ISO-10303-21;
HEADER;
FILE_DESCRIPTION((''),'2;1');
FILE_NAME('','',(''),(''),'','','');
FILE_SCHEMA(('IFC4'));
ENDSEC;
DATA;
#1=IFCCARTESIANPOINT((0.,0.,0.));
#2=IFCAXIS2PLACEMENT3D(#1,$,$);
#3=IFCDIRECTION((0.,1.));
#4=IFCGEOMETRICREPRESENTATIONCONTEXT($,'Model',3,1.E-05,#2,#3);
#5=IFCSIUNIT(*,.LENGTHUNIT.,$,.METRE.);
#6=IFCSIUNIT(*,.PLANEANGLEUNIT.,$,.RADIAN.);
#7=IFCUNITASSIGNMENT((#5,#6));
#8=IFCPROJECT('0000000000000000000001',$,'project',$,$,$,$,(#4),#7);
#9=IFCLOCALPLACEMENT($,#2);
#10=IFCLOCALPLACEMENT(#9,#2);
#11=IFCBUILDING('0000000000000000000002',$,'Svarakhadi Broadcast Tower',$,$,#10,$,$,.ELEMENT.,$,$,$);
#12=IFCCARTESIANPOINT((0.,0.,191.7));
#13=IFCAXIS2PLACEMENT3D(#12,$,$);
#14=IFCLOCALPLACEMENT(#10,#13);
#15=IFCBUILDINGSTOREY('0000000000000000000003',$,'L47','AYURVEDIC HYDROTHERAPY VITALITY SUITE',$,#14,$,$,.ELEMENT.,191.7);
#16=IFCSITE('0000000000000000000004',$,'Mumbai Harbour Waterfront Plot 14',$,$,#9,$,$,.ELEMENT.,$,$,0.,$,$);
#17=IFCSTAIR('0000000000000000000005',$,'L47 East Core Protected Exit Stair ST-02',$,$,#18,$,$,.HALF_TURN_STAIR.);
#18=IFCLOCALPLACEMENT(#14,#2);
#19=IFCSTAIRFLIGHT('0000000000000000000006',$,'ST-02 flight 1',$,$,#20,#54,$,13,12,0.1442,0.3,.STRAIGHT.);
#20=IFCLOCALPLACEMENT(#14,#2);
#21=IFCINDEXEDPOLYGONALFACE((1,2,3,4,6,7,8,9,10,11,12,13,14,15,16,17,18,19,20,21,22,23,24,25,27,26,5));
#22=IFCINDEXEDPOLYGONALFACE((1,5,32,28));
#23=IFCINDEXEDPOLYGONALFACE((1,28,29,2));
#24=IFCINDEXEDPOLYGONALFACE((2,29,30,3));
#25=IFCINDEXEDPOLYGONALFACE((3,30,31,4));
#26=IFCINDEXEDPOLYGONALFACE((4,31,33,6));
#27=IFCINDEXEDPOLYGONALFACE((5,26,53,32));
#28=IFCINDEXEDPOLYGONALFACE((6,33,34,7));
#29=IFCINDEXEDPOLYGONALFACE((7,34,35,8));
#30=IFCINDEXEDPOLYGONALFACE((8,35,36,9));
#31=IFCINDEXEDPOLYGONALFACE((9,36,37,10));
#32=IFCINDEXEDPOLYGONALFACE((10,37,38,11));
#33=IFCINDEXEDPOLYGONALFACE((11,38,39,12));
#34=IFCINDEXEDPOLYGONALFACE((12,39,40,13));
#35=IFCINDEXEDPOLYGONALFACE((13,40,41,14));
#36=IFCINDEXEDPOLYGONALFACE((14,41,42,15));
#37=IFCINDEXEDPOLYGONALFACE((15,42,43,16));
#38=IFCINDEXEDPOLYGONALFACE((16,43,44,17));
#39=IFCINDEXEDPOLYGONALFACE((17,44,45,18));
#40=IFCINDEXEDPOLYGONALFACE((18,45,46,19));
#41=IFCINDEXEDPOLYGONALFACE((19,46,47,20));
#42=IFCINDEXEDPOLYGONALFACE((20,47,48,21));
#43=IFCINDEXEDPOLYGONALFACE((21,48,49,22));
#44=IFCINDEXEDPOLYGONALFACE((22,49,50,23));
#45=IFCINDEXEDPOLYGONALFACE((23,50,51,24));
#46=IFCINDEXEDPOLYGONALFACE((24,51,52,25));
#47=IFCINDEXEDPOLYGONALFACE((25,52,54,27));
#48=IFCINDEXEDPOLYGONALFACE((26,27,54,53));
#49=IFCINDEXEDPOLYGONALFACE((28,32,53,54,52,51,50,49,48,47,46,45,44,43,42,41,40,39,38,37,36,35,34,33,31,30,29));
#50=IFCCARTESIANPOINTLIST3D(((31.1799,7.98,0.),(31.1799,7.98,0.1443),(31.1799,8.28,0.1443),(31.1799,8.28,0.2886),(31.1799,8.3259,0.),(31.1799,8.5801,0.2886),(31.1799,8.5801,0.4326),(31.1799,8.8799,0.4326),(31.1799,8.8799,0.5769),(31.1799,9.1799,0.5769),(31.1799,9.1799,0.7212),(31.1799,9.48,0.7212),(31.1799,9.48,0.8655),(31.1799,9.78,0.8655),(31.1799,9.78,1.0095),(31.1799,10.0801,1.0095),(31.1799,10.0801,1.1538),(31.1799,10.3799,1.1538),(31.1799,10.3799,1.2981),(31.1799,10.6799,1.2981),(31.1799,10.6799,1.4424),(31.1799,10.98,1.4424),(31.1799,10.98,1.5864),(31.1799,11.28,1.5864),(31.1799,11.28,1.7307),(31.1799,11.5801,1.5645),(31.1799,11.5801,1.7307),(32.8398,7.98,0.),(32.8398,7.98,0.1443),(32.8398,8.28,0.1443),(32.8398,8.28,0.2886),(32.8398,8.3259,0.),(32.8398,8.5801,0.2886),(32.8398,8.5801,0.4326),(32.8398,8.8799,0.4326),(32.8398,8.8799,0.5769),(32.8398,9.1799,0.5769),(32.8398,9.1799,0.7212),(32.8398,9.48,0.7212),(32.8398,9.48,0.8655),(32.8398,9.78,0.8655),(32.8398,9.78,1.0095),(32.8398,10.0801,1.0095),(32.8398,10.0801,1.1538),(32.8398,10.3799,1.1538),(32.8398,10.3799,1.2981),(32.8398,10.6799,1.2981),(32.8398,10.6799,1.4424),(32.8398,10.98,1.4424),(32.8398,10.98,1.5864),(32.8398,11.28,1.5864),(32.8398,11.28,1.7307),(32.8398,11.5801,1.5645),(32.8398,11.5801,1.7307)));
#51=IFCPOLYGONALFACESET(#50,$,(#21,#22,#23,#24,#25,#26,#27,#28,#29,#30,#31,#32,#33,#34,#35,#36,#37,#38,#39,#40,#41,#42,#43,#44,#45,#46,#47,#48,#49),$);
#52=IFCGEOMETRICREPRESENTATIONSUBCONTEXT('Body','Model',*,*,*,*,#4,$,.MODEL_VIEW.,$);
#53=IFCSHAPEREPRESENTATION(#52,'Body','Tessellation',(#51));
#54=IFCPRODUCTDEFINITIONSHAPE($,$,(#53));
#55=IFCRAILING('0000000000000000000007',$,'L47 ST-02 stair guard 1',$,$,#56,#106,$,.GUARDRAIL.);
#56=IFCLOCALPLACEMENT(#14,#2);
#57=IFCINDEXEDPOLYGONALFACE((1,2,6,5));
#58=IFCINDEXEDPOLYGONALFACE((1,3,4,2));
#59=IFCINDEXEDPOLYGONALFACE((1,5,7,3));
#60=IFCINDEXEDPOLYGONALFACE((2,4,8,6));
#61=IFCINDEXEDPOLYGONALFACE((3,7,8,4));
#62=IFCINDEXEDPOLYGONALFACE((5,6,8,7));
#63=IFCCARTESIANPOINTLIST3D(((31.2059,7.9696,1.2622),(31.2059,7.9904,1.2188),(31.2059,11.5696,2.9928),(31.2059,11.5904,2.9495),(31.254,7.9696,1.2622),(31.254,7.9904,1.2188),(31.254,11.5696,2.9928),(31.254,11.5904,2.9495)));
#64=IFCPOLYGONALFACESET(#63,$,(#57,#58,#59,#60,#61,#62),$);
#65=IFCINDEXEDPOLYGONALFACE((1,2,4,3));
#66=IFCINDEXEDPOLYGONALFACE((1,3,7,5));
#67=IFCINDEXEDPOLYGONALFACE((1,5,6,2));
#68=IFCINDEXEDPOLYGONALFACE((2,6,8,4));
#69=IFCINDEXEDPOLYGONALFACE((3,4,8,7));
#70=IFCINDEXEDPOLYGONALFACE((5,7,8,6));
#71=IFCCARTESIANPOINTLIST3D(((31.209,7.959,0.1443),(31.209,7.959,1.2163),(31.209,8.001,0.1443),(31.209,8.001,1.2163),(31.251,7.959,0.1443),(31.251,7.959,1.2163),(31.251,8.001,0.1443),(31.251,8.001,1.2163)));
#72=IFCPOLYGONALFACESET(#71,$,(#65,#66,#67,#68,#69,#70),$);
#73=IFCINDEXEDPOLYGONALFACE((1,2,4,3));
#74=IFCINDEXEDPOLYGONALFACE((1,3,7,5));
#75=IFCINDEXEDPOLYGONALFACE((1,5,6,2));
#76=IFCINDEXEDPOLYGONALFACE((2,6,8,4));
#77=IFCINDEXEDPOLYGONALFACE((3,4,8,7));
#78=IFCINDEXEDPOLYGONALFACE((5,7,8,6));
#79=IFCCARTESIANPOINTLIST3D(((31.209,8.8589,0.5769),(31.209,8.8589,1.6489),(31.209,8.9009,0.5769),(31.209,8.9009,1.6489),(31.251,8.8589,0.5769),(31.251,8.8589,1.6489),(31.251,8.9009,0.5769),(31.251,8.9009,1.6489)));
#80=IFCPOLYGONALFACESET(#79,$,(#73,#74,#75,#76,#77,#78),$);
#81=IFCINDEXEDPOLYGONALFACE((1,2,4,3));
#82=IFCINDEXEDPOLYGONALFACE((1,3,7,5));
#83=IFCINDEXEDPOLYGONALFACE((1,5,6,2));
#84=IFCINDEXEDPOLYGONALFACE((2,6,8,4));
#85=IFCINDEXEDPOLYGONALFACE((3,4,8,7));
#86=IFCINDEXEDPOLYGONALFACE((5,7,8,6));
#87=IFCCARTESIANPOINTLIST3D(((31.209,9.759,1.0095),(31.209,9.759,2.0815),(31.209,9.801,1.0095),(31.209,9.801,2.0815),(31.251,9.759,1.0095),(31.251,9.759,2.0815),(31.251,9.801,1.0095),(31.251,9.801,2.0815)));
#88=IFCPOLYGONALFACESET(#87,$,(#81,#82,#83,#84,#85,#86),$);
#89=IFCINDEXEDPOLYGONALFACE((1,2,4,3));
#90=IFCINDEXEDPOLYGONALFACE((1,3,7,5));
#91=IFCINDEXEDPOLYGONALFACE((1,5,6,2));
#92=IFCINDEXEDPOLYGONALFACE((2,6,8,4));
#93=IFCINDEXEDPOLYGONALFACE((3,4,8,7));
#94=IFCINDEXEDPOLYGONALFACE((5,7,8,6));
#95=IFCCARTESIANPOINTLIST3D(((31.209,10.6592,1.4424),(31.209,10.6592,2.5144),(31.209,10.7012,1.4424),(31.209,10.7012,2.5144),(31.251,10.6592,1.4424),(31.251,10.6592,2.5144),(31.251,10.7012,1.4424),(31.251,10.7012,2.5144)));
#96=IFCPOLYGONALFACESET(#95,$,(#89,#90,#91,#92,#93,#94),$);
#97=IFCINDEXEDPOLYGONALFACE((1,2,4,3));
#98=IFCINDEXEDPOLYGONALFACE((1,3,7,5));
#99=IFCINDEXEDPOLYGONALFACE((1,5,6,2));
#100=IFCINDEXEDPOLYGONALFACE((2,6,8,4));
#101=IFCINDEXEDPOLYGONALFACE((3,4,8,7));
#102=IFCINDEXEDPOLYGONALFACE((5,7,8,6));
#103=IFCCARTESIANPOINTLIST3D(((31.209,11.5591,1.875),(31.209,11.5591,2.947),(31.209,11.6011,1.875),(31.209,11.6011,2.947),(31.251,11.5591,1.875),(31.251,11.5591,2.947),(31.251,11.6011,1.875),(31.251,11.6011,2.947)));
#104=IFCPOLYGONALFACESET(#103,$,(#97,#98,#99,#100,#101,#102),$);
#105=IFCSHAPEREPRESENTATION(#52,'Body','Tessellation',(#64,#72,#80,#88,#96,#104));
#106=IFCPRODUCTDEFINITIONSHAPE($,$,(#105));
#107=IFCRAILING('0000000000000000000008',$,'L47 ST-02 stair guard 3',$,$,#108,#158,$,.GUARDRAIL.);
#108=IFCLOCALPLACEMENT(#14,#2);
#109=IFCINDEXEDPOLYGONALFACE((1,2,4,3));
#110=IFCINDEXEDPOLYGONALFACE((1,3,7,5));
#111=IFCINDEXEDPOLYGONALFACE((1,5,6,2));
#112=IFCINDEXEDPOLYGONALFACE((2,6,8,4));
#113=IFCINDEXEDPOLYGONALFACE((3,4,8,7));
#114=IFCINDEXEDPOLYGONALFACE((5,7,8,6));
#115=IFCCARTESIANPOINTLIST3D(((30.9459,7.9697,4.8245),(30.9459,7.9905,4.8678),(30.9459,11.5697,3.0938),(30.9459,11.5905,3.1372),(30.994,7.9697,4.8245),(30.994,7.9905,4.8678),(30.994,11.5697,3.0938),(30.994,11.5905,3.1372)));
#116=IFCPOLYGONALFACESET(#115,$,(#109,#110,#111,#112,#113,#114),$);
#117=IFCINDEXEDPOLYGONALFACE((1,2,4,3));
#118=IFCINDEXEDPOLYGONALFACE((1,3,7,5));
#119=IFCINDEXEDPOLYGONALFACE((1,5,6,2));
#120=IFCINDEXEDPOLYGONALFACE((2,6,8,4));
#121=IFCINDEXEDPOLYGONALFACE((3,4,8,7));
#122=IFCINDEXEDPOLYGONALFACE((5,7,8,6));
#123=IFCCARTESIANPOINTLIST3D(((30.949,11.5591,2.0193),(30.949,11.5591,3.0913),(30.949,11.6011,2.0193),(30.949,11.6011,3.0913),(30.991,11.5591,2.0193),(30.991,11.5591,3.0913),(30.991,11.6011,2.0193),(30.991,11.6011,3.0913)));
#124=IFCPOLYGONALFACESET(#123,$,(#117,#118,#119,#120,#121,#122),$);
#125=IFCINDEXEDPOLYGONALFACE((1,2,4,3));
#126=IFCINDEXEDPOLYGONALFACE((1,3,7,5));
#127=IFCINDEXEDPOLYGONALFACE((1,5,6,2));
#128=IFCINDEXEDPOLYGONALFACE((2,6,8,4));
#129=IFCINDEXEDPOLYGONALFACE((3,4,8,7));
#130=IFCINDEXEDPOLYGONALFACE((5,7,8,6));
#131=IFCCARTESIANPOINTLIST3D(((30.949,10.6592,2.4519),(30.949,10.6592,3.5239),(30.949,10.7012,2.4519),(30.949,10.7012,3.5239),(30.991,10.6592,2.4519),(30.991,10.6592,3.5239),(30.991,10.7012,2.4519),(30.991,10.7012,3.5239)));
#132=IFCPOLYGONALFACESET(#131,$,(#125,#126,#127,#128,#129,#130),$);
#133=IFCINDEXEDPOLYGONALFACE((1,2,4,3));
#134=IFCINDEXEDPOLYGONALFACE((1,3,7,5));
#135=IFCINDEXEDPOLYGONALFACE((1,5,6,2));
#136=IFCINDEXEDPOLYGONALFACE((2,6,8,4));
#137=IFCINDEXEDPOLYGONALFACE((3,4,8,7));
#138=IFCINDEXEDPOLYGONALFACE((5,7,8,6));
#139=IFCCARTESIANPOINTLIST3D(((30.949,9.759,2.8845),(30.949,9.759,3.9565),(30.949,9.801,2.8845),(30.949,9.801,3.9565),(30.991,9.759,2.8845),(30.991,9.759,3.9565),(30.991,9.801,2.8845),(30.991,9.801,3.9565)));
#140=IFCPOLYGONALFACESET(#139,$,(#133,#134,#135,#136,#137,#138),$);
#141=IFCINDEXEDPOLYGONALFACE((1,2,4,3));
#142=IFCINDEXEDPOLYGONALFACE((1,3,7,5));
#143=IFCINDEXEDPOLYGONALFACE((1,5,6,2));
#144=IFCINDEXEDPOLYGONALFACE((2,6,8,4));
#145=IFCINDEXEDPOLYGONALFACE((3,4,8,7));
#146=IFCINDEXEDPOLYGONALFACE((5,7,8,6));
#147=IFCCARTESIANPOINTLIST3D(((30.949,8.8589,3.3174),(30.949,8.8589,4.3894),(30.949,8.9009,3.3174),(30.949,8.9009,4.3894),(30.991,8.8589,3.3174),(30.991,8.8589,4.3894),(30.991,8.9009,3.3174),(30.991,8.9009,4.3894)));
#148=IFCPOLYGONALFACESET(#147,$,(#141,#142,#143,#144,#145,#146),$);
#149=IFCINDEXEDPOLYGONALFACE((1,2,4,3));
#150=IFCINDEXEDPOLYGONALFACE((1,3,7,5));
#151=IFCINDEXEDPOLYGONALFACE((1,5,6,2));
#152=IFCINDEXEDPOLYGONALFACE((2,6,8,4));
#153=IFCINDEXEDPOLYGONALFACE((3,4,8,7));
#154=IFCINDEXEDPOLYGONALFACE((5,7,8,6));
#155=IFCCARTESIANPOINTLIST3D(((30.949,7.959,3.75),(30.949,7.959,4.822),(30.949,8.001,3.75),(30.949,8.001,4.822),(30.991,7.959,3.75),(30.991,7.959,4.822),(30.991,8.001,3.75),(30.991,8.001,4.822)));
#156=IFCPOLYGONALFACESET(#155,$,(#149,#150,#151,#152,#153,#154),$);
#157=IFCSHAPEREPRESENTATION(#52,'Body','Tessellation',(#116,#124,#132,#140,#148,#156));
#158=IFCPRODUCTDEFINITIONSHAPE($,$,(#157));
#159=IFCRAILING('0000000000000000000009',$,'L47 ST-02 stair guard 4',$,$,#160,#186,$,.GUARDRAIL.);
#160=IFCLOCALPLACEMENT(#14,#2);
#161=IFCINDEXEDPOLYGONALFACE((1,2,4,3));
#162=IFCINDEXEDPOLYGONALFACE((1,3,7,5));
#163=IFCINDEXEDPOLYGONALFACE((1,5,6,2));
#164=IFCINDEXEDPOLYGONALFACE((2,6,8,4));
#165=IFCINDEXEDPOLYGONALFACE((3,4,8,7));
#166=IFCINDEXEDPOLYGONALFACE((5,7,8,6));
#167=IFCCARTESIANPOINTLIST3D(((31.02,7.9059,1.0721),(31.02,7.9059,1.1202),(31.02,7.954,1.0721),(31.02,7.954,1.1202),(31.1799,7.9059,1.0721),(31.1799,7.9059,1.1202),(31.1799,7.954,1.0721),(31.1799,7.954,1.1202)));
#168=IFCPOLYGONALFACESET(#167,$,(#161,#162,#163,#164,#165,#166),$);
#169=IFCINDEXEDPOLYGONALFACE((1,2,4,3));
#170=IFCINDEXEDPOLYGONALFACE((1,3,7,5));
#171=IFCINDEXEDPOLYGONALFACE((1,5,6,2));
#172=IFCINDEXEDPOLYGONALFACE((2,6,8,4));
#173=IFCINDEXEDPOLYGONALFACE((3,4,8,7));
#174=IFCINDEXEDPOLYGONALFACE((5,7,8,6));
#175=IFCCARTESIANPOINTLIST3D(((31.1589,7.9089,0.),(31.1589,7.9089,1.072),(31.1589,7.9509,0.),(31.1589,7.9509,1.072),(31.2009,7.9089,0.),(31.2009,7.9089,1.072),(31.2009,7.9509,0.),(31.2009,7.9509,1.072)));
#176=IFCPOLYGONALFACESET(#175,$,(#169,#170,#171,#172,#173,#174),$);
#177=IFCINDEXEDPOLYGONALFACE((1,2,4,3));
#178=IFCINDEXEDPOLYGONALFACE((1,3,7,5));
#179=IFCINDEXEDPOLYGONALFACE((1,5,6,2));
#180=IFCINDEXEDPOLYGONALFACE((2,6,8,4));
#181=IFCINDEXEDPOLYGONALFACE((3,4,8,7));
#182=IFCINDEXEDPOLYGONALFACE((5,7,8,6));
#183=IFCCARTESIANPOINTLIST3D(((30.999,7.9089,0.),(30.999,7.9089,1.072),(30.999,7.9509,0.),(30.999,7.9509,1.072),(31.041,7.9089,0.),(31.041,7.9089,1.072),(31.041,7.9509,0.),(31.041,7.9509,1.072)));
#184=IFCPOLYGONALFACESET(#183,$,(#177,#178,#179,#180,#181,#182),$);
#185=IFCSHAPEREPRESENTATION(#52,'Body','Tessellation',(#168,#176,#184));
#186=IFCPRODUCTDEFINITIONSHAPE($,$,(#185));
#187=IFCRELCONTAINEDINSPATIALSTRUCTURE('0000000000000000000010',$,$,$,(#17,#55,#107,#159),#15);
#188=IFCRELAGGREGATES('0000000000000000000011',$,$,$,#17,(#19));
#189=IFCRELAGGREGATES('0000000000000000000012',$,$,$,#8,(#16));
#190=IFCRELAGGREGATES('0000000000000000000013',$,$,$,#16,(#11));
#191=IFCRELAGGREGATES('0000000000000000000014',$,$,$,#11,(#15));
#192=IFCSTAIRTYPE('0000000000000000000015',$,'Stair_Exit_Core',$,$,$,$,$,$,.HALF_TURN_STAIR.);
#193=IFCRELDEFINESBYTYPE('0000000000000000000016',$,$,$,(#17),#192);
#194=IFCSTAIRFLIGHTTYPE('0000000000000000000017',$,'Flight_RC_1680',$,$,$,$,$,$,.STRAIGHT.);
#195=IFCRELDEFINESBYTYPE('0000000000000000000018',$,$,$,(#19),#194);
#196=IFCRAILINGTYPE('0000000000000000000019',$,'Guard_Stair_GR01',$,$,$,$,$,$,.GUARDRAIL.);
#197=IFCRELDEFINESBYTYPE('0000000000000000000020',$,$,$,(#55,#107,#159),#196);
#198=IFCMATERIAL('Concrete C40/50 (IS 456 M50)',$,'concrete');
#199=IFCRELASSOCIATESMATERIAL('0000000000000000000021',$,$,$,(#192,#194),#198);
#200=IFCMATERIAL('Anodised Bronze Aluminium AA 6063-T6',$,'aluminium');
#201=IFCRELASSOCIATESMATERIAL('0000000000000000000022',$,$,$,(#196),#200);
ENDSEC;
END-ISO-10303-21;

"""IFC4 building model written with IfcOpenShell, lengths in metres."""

from ifc_helpers import new_model, si_unit, direction, frame, origin, origin_2d, place, context, subcontext, project, spatial, polyline, rectangle, outline, extrude, material, type_object, element, aggregate, save


model = new_model("IFC4")

# Units and contexts
model_context = context("Model", 3, precision=1e-05, world=origin(), true_north=direction((0.0, 1.0)))
body_context = subcontext(model_context, "Body", "Model", "MODEL_VIEW")
ifc_project = project(units=[si_unit("LENGTHUNIT", "METRE"), si_unit("PLANEANGLEUNIT", "RADIAN")], contexts=[model_context])

# Site, building, storey
site_placement = place(None, origin())
site = spatial("IfcSite", under=ifc_project, at=site_placement, Name="Mumbai Harbour Waterfront Plot 14", CompositionType="ELEMENT", RefElevation=0.0)
building_placement = place(site_placement, origin())
building = spatial("IfcBuilding", under=site, at=building_placement, Name="Svarakhadi Broadcast Tower", CompositionType="ELEMENT")
storey_placement = place(building_placement, frame((0.0, 0.0, 191.7)))
storey = spatial("IfcBuildingStorey", under=building, at=storey_placement, Name="L47", Description="AYURVEDIC HYDROTHERAPY VITALITY SUITE", CompositionType="ELEMENT", Elevation=191.7)

# Shared definitions
ifc_material_1 = material(Name="Anodised Bronze Aluminium AA 6063-T6", Category="aluminium")

# Shared definitions
ifc_material_2 = material(Name="Concrete C40/50 (IS 456 M50)", Category="concrete")

# Stair, stair flight
stair_type = type_object("IfcStairType", Name="Stair_Exit_Core", PredefinedType="HALF_TURN_STAIR", material=ifc_material_2)
stair_placement = place(storey_placement, origin())
stair = element("IfcStair", 1, at=stair_placement, inside=storey, type_object=stair_type, Name="L47 East Core Protected Exit Stair ST-02", PredefinedType="HALF_TURN_STAIR")
stair_flight_type = type_object("IfcStairFlightType", Name="Flight_RC_1680", PredefinedType="STRAIGHT", material=ifc_material_2)
stair_flight_placement = place(storey_placement, frame((32.01, 7.98, 0.0), z_axis=(0.0, 0.0, 1.0), x_axis=(0.0, 1.0, 0.0)))
stair_flight = element("IfcStairFlight", 2, at=stair_flight_placement, type_object=stair_flight_type, Name="ST-02 flight 1", NumberOfRisers=13, NumberOfTreads=12, PredefinedType="STRAIGHT", RiserHeight=0.1442, TreadLength=0.3, context=body_context, shape_type="SweptSolid", body=[
    extrude(outline(polyline([(0.0, 0.0), (0.0, 0.1443), (0.3, 0.1443), (0.3, 0.2886), (0.6001, 0.2886), (0.6001, 0.4326), (0.8999, 0.4326), (0.8999, 0.5769), (1.2, 0.5769), (1.2, 0.7212), (1.5, 0.7212), (1.5, 0.8655), (1.8, 0.8655), (1.8, 1.0095), (2.1001, 1.0095), (2.1001, 1.1538), (2.3999, 1.1538), (2.3999, 1.2981), (2.7, 1.2981), (2.7, 1.4424), (3.0, 1.4424), (3.0, 1.5864), (3.3, 1.5864), (3.3, 1.7307), (3.6001, 1.7307), (3.6001, 1.875), (3.6001, 1.5645), (0.3459, 0.0), (0.0, 0.0)])), frame((0.0, 0.8301, 0.0), z_axis=(0.0, -1.0, 0.0), x_axis=(1.0, 0.0, 0.0)), (0.0, 0.0, 1.0), 1.6599),
])
aggregate(stair, [stair_flight])

# Railings
railing_type_1 = type_object("IfcRailingType", Name="Guard_Stair_GR01", PredefinedType="GUARDRAIL", material=ifc_material_1)
railing_1_placement = place(storey_placement, frame((31.23, 7.98, 0.1443)))
element("IfcRailing", 3, at=railing_1_placement, inside=storey, type_object=railing_type_1, Name="L47 ST-02 stair guard 1", PredefinedType="GUARDRAIL", context=body_context, shape_type="SweptSolid", body=[
    extrude(rectangle(XDim=0.0481, YDim=0.0481, at=origin_2d()), frame((0.0, 0.0, 1.0962), z_axis=(0.0, 0.901263, 0.433273), x_axis=(-1.0, 0.0, 0.0)), (0.0, 0.0, 1.0), 3.9944),
    extrude(rectangle(XDim=0.042, YDim=0.042, at=origin_2d()), origin(), (0.0, 0.0, 1.0), 1.072),
    extrude(rectangle(XDim=0.042, YDim=0.042, at=origin_2d()), frame((0.0, 0.8999, 0.4326)), (0.0, 0.0, 1.0), 1.072),
    extrude(rectangle(XDim=0.042, YDim=0.042, at=origin_2d()), frame((0.0, 1.8, 0.8652)), (0.0, 0.0, 1.0), 1.072),
    extrude(rectangle(XDim=0.042, YDim=0.042, at=origin_2d()), frame((0.0, 2.7002, 1.2981)), (0.0, 0.0, 1.0), 1.072),
    extrude(rectangle(XDim=0.042, YDim=0.042, at=origin_2d()), frame((0.0, 3.6001, 1.7307)), (0.0, 0.0, 1.0), 1.072),
])
railing_2_placement = place(storey_placement, frame((30.97, 11.5801, 2.0193)))
element("IfcRailing", 4, at=railing_2_placement, inside=storey, type_object=railing_type_1, Name="L47 ST-02 stair guard 3", PredefinedType="GUARDRAIL", context=body_context, shape_type="SweptSolid", body=[
    extrude(rectangle(XDim=0.0481, YDim=0.0481, at=origin_2d()), frame((0.0, 0.0, 1.0962), z_axis=(0.0, -0.901263, 0.433273), x_axis=(1.0, 0.0, 0.0)), (0.0, 0.0, 1.0), 3.9944),
    extrude(rectangle(XDim=0.042, YDim=0.042, at=origin_2d()), origin(), (0.0, 0.0, 1.0), 1.072),
    extrude(rectangle(XDim=0.042, YDim=0.042, at=origin_2d()), frame((0.0, -0.8999, 0.4326)), (0.0, 0.0, 1.0), 1.072),
    extrude(rectangle(XDim=0.042, YDim=0.042, at=origin_2d()), frame((0.0, -1.8, 0.8652)), (0.0, 0.0, 1.0), 1.072),
    extrude(rectangle(XDim=0.042, YDim=0.042, at=origin_2d()), frame((0.0, -2.7002, 1.2981)), (0.0, 0.0, 1.0), 1.072),
    extrude(rectangle(XDim=0.042, YDim=0.042, at=origin_2d()), frame((0.0, -3.6001, 1.7307)), (0.0, 0.0, 1.0), 1.072),
])
railing_3_placement = place(storey_placement, frame((31.1799, 7.9299, 0.0)))
element("IfcRailing", 5, at=railing_3_placement, inside=storey, type_object=railing_type_1, Name="L47 ST-02 stair guard 4", PredefinedType="GUARDRAIL", context=body_context, shape_type="SweptSolid", body=[
    extrude(rectangle(XDim=0.0481, YDim=0.0481, at=origin_2d()), frame((0.0, 0.0, 1.0962), z_axis=(-1.0, 0.0, 0.0), x_axis=(0.0, -1.0, 0.0)), (0.0, 0.0, 1.0), 0.1599),
    extrude(rectangle(XDim=0.042, YDim=0.042, at=origin_2d()), origin(), (0.0, 0.0, 1.0), 1.072),
    extrude(rectangle(XDim=0.042, YDim=0.042, at=origin_2d()), frame((-0.1599, 0.0, 0.0)), (0.0, 0.0, 1.0), 1.072),
])

save(model, "model.ifc")
